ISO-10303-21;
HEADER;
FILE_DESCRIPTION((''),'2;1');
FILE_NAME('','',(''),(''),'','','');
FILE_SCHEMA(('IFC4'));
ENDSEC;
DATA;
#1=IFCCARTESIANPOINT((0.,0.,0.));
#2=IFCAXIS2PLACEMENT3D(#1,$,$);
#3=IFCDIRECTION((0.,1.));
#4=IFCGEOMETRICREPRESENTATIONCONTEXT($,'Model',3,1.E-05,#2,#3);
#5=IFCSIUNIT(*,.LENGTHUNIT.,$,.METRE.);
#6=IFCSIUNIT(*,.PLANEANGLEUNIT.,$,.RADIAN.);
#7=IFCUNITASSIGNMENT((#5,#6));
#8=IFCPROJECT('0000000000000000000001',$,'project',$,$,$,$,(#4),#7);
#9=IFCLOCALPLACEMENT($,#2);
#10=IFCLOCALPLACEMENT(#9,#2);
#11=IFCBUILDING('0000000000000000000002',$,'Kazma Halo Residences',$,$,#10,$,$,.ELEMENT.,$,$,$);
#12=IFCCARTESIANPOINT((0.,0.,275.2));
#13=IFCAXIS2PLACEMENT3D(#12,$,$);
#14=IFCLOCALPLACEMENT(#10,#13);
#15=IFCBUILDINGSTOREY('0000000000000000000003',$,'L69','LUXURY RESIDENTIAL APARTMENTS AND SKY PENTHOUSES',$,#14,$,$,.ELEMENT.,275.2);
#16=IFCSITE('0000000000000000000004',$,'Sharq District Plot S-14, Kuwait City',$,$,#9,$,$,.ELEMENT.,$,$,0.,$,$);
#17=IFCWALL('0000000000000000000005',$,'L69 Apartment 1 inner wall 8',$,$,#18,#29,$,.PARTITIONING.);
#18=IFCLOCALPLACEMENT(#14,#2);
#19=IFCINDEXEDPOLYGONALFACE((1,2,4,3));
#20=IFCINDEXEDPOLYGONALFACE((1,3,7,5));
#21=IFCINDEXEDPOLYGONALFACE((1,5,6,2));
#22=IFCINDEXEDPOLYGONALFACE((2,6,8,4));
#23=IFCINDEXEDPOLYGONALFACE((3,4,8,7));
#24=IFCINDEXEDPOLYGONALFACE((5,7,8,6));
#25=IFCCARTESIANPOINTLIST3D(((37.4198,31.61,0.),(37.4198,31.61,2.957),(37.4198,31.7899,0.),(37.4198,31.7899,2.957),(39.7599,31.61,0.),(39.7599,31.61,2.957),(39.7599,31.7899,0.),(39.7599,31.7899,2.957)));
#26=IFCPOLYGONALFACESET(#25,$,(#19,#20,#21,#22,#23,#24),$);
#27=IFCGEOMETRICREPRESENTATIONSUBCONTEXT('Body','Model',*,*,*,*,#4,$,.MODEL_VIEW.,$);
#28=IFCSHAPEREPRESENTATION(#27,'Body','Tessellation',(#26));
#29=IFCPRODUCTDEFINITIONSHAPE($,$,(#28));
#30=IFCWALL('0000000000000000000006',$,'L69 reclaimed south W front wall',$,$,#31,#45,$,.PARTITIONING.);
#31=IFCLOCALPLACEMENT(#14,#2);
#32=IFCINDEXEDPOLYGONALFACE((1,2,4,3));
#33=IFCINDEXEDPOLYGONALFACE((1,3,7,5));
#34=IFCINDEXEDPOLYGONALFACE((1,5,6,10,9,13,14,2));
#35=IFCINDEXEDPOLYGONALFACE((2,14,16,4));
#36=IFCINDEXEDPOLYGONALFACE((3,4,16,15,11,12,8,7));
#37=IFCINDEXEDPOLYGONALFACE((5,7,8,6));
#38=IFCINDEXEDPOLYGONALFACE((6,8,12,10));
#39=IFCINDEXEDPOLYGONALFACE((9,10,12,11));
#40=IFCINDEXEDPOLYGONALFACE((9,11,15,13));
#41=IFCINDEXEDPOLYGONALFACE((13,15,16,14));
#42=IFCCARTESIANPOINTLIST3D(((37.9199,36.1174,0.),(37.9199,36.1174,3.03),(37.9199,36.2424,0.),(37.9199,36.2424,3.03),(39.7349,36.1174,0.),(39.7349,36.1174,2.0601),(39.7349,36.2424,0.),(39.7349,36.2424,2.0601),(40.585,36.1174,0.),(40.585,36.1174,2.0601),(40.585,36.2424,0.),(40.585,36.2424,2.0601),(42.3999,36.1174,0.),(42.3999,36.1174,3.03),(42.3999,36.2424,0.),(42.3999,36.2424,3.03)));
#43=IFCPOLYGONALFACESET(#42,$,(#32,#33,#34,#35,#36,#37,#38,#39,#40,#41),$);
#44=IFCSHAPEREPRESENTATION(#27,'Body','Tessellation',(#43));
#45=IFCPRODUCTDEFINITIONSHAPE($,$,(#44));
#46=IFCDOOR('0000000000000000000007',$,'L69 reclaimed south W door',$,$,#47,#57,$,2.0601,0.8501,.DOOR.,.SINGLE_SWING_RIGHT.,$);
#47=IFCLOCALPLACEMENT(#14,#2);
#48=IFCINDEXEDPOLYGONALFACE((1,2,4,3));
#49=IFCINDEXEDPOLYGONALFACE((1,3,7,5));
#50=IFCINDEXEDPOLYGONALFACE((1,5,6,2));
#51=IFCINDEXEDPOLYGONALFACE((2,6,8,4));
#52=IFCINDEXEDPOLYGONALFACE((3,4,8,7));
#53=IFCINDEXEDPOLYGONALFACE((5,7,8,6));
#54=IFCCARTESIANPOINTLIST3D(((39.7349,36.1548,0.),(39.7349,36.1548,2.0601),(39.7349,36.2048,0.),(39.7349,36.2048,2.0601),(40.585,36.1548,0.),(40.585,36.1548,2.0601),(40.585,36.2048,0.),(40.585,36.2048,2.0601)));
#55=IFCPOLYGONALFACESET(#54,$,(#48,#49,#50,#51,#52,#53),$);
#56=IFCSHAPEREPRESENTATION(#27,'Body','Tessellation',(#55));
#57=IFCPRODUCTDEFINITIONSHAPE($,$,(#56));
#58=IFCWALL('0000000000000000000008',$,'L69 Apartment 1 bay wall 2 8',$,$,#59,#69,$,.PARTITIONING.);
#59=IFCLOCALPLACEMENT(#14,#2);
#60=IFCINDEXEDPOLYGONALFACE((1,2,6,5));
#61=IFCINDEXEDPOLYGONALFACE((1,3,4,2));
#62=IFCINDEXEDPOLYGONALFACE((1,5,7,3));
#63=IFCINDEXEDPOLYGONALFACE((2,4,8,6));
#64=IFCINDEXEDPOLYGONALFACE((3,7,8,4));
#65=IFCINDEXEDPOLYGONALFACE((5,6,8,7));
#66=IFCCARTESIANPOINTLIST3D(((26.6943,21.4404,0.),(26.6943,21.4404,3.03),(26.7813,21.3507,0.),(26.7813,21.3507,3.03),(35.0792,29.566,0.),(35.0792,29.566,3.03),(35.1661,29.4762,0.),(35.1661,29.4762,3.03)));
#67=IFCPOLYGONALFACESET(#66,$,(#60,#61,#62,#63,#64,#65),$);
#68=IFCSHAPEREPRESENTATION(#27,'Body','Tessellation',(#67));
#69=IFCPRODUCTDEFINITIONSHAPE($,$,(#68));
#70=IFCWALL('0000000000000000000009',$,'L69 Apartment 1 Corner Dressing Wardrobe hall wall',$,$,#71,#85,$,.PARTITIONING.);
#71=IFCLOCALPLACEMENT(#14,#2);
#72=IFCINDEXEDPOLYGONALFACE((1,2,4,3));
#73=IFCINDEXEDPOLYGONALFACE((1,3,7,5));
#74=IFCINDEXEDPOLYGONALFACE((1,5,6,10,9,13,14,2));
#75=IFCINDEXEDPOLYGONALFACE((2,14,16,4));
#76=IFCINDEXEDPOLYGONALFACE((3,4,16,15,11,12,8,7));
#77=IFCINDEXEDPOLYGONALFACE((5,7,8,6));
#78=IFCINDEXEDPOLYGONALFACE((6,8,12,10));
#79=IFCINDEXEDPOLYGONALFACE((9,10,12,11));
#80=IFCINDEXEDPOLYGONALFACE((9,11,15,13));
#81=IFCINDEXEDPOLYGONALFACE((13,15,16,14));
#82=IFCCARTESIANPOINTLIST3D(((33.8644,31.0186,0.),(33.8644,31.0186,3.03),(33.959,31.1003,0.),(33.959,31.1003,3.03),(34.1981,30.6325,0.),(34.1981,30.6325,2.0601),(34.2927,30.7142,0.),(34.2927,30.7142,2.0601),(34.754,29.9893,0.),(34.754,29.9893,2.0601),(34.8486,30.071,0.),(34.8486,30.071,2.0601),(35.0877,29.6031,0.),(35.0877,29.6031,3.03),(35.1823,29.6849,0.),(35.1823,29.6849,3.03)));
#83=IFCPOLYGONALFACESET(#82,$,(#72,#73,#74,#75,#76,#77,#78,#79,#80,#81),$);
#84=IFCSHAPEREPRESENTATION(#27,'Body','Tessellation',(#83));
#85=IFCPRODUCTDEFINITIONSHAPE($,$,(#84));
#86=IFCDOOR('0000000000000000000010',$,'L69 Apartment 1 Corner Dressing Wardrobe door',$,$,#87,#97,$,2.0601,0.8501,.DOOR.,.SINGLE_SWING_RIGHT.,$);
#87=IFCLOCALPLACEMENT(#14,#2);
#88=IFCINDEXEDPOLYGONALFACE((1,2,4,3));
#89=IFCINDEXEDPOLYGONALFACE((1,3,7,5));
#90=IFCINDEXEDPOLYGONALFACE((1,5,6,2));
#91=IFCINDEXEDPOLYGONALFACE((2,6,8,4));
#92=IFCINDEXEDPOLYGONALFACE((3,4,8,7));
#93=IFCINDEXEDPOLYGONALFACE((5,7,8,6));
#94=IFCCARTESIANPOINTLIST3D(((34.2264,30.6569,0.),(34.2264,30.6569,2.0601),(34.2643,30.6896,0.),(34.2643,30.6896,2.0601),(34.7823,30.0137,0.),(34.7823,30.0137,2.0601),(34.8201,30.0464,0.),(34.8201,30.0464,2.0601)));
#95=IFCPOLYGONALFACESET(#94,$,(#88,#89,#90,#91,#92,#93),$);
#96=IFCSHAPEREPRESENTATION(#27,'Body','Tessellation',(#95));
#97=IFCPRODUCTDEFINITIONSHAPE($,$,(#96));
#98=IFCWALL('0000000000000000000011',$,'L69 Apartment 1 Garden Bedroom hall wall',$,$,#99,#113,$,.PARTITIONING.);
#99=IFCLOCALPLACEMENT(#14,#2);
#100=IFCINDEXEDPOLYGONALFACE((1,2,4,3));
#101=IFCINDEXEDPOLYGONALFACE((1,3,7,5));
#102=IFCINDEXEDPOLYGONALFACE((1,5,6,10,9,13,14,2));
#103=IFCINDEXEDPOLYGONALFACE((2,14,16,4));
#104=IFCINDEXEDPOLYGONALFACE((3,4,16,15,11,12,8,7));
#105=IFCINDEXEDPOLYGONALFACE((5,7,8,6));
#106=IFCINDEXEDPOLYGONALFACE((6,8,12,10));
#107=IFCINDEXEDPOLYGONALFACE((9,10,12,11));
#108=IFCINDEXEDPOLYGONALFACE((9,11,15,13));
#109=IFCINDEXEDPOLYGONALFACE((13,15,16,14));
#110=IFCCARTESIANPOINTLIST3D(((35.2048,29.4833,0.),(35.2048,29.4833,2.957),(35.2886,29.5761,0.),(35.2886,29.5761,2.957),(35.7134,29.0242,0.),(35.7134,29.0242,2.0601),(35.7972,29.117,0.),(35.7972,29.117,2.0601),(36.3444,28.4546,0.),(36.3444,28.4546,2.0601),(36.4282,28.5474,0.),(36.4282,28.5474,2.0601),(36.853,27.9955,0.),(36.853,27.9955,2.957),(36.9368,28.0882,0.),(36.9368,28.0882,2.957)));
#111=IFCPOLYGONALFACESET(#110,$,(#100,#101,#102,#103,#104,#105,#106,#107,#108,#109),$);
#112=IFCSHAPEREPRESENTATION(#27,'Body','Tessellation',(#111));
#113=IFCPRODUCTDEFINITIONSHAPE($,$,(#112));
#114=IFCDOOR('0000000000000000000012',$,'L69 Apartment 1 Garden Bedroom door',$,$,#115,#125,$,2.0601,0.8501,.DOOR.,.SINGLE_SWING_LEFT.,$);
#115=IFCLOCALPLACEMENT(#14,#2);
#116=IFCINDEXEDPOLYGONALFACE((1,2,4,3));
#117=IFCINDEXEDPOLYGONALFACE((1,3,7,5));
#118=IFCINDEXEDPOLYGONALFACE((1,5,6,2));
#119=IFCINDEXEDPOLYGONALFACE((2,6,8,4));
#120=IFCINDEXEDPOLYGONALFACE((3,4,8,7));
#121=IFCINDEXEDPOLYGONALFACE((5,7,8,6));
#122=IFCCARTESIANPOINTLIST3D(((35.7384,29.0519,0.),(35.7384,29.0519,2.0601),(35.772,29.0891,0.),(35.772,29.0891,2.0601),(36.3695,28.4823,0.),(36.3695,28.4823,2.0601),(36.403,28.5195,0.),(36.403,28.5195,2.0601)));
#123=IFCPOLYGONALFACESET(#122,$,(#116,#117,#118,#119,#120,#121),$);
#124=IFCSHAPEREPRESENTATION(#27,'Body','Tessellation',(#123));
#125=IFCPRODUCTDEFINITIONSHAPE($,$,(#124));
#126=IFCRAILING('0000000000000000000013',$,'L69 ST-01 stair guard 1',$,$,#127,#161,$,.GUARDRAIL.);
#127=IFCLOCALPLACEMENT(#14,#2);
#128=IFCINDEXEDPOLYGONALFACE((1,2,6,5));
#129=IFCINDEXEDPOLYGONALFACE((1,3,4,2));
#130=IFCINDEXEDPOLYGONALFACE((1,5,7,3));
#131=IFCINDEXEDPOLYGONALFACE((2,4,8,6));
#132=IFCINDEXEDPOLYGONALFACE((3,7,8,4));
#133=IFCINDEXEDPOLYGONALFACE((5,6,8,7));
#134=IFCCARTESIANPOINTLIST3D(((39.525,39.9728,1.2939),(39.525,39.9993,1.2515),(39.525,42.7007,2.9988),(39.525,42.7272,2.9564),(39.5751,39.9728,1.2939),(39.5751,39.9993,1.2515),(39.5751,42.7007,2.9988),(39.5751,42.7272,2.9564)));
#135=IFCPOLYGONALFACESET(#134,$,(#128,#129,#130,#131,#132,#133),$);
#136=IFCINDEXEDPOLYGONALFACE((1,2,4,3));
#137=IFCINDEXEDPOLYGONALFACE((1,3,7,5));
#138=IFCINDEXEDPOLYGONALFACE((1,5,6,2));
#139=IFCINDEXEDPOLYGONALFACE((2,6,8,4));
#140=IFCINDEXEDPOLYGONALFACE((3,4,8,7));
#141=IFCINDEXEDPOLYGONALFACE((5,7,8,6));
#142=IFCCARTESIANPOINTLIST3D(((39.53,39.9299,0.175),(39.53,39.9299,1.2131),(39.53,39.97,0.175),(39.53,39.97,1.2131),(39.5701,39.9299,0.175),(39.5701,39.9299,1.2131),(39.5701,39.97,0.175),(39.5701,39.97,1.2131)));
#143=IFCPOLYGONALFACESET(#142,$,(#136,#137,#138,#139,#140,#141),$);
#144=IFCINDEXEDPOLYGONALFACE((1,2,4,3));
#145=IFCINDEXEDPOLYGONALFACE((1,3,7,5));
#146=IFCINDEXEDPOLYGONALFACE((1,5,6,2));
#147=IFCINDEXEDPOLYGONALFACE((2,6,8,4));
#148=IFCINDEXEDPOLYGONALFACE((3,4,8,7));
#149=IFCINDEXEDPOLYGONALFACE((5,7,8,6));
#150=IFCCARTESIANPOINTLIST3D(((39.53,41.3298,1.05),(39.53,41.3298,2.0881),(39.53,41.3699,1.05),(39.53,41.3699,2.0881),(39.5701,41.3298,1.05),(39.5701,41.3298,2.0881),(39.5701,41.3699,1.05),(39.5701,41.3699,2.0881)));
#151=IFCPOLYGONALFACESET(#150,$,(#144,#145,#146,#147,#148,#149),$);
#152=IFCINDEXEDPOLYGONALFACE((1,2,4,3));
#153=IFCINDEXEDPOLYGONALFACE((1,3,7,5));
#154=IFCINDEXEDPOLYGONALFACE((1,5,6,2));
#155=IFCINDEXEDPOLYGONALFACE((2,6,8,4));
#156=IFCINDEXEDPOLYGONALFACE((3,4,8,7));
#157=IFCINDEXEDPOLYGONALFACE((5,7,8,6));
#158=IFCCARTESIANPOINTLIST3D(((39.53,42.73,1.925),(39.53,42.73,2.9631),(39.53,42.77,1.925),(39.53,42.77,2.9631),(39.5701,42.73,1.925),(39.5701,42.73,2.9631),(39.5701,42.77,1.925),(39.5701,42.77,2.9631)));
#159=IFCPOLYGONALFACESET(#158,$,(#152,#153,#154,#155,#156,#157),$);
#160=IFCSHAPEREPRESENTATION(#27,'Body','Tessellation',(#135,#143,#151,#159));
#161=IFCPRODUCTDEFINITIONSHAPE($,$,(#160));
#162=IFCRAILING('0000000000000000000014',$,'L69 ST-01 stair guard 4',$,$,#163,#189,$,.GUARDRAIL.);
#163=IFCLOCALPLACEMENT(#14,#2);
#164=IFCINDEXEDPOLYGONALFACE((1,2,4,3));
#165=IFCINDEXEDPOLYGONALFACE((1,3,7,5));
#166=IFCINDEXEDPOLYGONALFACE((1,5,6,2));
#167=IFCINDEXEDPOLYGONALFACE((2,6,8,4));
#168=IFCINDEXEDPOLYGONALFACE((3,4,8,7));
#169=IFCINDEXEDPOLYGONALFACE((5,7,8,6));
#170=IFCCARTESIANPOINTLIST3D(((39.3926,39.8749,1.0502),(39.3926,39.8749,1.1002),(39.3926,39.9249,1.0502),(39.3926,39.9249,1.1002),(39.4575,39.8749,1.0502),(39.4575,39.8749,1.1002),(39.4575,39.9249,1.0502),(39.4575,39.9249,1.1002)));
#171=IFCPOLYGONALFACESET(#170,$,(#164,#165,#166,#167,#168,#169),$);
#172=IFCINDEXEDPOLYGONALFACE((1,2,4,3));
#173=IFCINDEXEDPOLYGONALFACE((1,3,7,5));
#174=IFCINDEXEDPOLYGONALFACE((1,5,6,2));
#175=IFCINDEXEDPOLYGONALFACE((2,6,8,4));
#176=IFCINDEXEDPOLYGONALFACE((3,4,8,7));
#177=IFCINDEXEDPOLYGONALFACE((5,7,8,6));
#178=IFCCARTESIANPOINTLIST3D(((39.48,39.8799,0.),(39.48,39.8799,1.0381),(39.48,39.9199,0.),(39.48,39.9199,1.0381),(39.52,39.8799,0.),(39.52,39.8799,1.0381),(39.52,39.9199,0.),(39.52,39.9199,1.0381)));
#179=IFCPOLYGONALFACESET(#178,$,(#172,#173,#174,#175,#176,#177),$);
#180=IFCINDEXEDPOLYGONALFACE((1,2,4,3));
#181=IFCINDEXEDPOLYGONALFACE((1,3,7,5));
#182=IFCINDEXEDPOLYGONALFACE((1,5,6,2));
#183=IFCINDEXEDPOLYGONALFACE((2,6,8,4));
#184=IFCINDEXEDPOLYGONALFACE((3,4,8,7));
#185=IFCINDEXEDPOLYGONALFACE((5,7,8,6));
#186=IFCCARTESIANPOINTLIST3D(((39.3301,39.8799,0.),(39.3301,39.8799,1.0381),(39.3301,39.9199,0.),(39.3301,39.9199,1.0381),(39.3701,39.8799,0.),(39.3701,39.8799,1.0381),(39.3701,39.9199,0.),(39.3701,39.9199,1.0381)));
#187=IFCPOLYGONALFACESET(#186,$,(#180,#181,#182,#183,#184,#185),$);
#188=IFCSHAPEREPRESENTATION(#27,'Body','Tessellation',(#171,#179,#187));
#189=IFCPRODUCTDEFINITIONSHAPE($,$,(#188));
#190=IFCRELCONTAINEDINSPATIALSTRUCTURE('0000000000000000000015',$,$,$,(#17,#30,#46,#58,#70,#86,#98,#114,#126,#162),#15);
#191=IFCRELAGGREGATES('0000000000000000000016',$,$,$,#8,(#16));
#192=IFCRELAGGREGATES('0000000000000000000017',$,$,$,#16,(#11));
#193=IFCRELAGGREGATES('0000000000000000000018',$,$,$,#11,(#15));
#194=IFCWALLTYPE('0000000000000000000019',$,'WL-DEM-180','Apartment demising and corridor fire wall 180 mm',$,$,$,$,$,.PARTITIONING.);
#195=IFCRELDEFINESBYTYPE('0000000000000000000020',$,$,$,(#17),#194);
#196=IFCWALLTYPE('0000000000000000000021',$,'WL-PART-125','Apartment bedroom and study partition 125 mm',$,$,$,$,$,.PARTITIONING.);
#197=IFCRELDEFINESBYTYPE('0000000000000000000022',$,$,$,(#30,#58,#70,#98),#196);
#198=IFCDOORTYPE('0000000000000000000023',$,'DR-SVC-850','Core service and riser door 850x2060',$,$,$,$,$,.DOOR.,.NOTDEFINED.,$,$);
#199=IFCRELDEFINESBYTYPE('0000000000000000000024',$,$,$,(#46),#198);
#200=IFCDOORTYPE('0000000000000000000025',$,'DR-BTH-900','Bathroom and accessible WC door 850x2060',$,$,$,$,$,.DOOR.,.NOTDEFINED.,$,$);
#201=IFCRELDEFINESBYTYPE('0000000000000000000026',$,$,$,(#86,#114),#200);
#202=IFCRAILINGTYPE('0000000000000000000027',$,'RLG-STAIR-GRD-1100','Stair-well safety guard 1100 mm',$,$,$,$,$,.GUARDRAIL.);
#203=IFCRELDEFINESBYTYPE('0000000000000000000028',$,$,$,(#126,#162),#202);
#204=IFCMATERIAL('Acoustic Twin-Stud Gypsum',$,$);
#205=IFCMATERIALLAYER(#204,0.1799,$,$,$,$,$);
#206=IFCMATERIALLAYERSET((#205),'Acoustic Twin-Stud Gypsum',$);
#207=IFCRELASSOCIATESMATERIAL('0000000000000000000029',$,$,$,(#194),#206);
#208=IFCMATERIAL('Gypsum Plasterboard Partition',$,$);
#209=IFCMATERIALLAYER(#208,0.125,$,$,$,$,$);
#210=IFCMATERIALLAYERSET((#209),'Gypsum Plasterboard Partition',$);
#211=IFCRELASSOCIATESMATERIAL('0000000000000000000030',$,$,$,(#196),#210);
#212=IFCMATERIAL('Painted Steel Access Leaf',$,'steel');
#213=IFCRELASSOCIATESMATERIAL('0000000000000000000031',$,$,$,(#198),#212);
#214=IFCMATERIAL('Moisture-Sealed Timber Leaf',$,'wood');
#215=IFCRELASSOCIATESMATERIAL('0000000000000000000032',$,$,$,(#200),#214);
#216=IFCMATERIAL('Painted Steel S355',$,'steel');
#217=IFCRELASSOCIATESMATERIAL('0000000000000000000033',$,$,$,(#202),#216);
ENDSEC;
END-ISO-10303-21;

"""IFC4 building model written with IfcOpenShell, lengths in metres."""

from ifc_helpers import new_model, si_unit, direction, frame, frame_2d, origin, origin_2d, place, context, subcontext, project, spatial, rectangle, extrude, material, layer, layer_set, type_object, element, fill, save


model = new_model("IFC4")

# Units and contexts
model_context = context("Model", 3, precision=1e-05, world=origin(), true_north=direction((0.0, 1.0)))
body_context = subcontext(model_context, "Body", "Model", "MODEL_VIEW")
ifc_project = project(units=[si_unit("LENGTHUNIT", "METRE"), si_unit("PLANEANGLEUNIT", "RADIAN")], contexts=[model_context])

# Site, building, storey
site_placement = place(None, origin())
site = spatial("IfcSite", under=ifc_project, at=site_placement, Name="Sharq District Plot S-14, Kuwait City", CompositionType="ELEMENT", RefElevation=0.0)
building_placement = place(site_placement, origin())
building = spatial("IfcBuilding", under=site, at=building_placement, Name="Kazma Halo Residences", CompositionType="ELEMENT")
storey_placement = place(building_placement, frame((0.0, 0.0, 275.2)))
storey = spatial("IfcBuildingStorey", under=building, at=storey_placement, Name="L69", Description="LUXURY RESIDENTIAL APARTMENTS AND SKY PENTHOUSES", CompositionType="ELEMENT", Elevation=275.2)

# Wall
ifc_material_1 = material(Name="Acoustic Twin-Stud Gypsum")
ifc_layer_1 = layer(ifc_material_1, 0.1799)
ifc_layer_set_1 = layer_set([ifc_layer_1], Name="Acoustic Twin-Stud Gypsum")
wall_type_1 = type_object("IfcWallType", Name="WL-DEM-180", Description="Apartment demising and corridor fire wall 180 mm", PredefinedType="PARTITIONING", material=ifc_layer_set_1)
wall_1_placement = place(storey_placement, frame((37.4199, 31.7, 0.0), z_axis=(0.0, 0.0, 1.0), x_axis=(1.0, 0.0, 0.0)))
element("IfcWall", 1, at=wall_1_placement, inside=storey, type_object=wall_type_1, Name="L69 Apartment 1 inner wall 8", PredefinedType="PARTITIONING", context=body_context, shape_type="SweptSolid", body=[
    extrude(rectangle(XDim=2.3401, YDim=0.1799, at=frame_2d((1.1699, 0.0))), origin(), (0.0, 0.0, 1.0), 2.957),
])

# Wall, opening, door
ifc_material_2 = material(Name="Gypsum Plasterboard Partition")
ifc_layer_2 = layer(ifc_material_2, 0.125)
ifc_layer_set_2 = layer_set([ifc_layer_2], Name="Gypsum Plasterboard Partition")
wall_type_2 = type_object("IfcWallType", Name="WL-PART-125", Description="Apartment bedroom and study partition 125 mm", PredefinedType="PARTITIONING", material=ifc_layer_set_2)
wall_2_placement = place(storey_placement, frame((37.9199, 36.1799, 0.0), z_axis=(0.0, 0.0, 1.0), x_axis=(1.0, 0.0, 0.0)))
wall_2 = element("IfcWall", 2, at=wall_2_placement, inside=storey, type_object=wall_type_2, Name="L69 reclaimed south W front wall", PredefinedType="PARTITIONING", context=body_context, shape_type="SweptSolid", body=[
    extrude(rectangle(XDim=4.48, YDim=0.125, at=frame_2d((2.24, 0.0))), origin(), (0.0, 0.0, 1.0), 3.03),
])
opening_1_placement = place(wall_2_placement, frame((1.8149, 0.0, 0.0)))
opening_1 = element("IfcOpeningElement", 3, at=opening_1_placement, cuts=wall_2, PredefinedType="OPENING", context=body_context, shape_type="SweptSolid", body=[
    extrude(rectangle(XDim=0.8501, YDim=2.0601, at=frame_2d((0.425, 1.03))), frame((0.0, 0.0725, 0.0), z_axis=(0.0, -1.0, 0.0), x_axis=(1.0, 0.0, 0.0)), (0.0, 0.0, 1.0), 0.145),
])
ifc_material_3 = material(Name="Painted Steel Access Leaf", Category="steel")
door_type_1 = type_object("IfcDoorType", Name="DR-SVC-850", Description="Core service and riser door 850x2060", OperationType="NOTDEFINED", PredefinedType="DOOR", material=ifc_material_3)
door_1_placement = place(opening_1_placement, origin())
door_1 = element("IfcDoor", 4, at=door_1_placement, inside=storey, type_object=door_type_1, Name="L69 reclaimed south W door", OperationType="SINGLE_SWING_RIGHT", OverallHeight=2.0601, OverallWidth=0.8501, PredefinedType="DOOR", context=body_context, shape_type="SweptSolid", body=[
    extrude(rectangle(XDim=0.8501, YDim=2.0601, at=frame_2d((0.425, 1.03))), frame((0.0, 0.0249, 0.0), z_axis=(0.0, -1.0, 0.0), x_axis=(1.0, 0.0, 0.0)), (0.0, 0.0, 1.0), 0.05),
])
fill(opening_1, door_1)

# Wall
wall_3_placement = place(storey_placement, frame((35.1226, 29.521, 0.0), z_axis=(0.0, 0.0, 1.0), x_axis=(-0.718123, -0.695917, 0.0)))
element("IfcWall", 5, at=wall_3_placement, inside=storey, type_object=wall_type_2, Name="L69 Apartment 1 bay wall 2 8", PredefinedType="PARTITIONING", context=body_context, shape_type="SweptSolid", body=[
    extrude(rectangle(XDim=11.676, YDim=0.125, at=frame_2d((5.8379, 0.0))), origin(), (0.0, 0.0, 1.0), 3.03),
])

# Walls, openings, doors
wall_4_placement = place(storey_placement, frame((33.9116, 31.0596, 0.0), z_axis=(0.0, 0.0, 1.0), x_axis=(0.653892, -0.756588, 0.0)))
wall_4 = element("IfcWall", 6, at=wall_4_placement, inside=storey, type_object=wall_type_2, Name="L69 Apartment 1 Corner Dressing Wardrobe hall wall", PredefinedType="PARTITIONING", context=body_context, shape_type="SweptSolid", body=[
    extrude(rectangle(XDim=1.8708, YDim=0.125, at=frame_2d((0.9355, 0.0))), origin(), (0.0, 0.0, 1.0), 3.03),
])
opening_2_placement = place(wall_4_placement, frame((0.5105, 0.0, 0.0)))
opening_2 = element("IfcOpeningElement", 7, at=opening_2_placement, cuts=wall_4, PredefinedType="OPENING", context=body_context, shape_type="SweptSolid", body=[
    extrude(rectangle(XDim=0.8501, YDim=2.0601, at=frame_2d((0.425, 1.03))), frame((0.0, 0.0725, 0.0), z_axis=(0.0, -1.0, 0.0), x_axis=(1.0, 0.0, 0.0)), (0.0, 0.0, 1.0), 0.145),
])
ifc_material_4 = material(Name="Moisture-Sealed Timber Leaf", Category="wood")
door_type_2 = type_object("IfcDoorType", Name="DR-BTH-900", Description="Bathroom and accessible WC door 850x2060", OperationType="NOTDEFINED", PredefinedType="DOOR", material=ifc_material_4)
door_2_placement = place(opening_2_placement, origin())
door_2 = element("IfcDoor", 8, at=door_2_placement, inside=storey, type_object=door_type_2, Name="L69 Apartment 1 Corner Dressing Wardrobe door", OperationType="SINGLE_SWING_RIGHT", OverallHeight=2.0601, OverallWidth=0.8501, PredefinedType="DOOR", context=body_context, shape_type="SweptSolid", body=[
    extrude(rectangle(XDim=0.8501, YDim=2.0601, at=frame_2d((0.425, 1.03))), frame((0.0, 0.0249, 0.0), z_axis=(0.0, -1.0, 0.0), x_axis=(1.0, 0.0, 0.0)), (0.0, 0.0, 1.0), 0.05),
])
fill(opening_2, door_2)
wall_5_placement = place(storey_placement, frame((35.2466, 29.5298, 0.0), z_axis=(0.0, 0.0, 1.0), x_axis=(0.742304, -0.670064, 0.0)))
wall_5 = element("IfcWall", 9, at=wall_5_placement, inside=storey, type_object=wall_type_2, Name="L69 Apartment 1 Garden Bedroom hall wall", PredefinedType="PARTITIONING", context=body_context, shape_type="SweptSolid", body=[
    extrude(rectangle(XDim=2.2205, YDim=0.125, at=frame_2d((1.1104, 0.0))), origin(), (0.0, 0.0, 1.0), 2.957),
])
opening_3_placement = place(wall_5_placement, frame((0.6853, 0.0, 0.0)))
opening_3 = element("IfcOpeningElement", 10, at=opening_3_placement, cuts=wall_5, PredefinedType="OPENING", context=body_context, shape_type="SweptSolid", body=[
    extrude(rectangle(XDim=0.8501, YDim=2.0601, at=frame_2d((0.425, 1.03))), frame((0.0, 0.0725, 0.0), z_axis=(0.0, -1.0, 0.0), x_axis=(1.0, 0.0, 0.0)), (0.0, 0.0, 1.0), 0.145),
])
door_3_placement = place(opening_3_placement, origin())
door_3 = element("IfcDoor", 11, at=door_3_placement, inside=storey, type_object=door_type_2, Name="L69 Apartment 1 Garden Bedroom door", OperationType="SINGLE_SWING_LEFT", OverallHeight=2.0601, OverallWidth=0.8501, PredefinedType="DOOR", context=body_context, shape_type="SweptSolid", body=[
    extrude(rectangle(XDim=0.8501, YDim=2.0601, at=frame_2d((0.425, 1.03))), frame((0.0, 0.0249, 0.0), z_axis=(0.0, -1.0, 0.0), x_axis=(1.0, 0.0, 0.0)), (0.0, 0.0, 1.0), 0.05),
])
fill(opening_3, door_3)

# Railings
ifc_material_5 = material(Name="Painted Steel S355", Category="steel")
railing_type = type_object("IfcRailingType", Name="RLG-STAIR-GRD-1100", Description="Stair-well safety guard 1100 mm", PredefinedType="GUARDRAIL", material=ifc_material_5)
railing_1_placement = place(storey_placement, frame((39.55, 39.95, 0.175)))
element("IfcRailing", 12, at=railing_1_placement, inside=storey, type_object=railing_type, Name="L69 ST-01 stair guard 1", PredefinedType="GUARDRAIL", context=body_context, shape_type="SweptSolid", body=[
    extrude(rectangle(XDim=0.05, YDim=0.05, at=origin_2d()), frame((0.0, 0.0361, 1.0977), z_axis=(0.0, 0.848002, 0.529992), x_axis=(-1.0, 0.0, 0.0)), (0.0, 0.0, 1.0), 3.2168),
    extrude(rectangle(XDim=0.04, YDim=0.04, at=origin_2d()), origin(), (0.0, 0.0, 1.0), 1.0381),
    extrude(rectangle(XDim=0.04, YDim=0.04, at=origin_2d()), frame((0.0, 1.3999, 0.875)), (0.0, 0.0, 1.0), 1.0381),
    extrude(rectangle(XDim=0.04, YDim=0.04, at=origin_2d()), frame((0.0, 2.8, 1.75)), (0.0, 0.0, 1.0), 1.0381),
])
railing_2_placement = place(storey_placement, frame((39.5, 39.8999, 0.0)))
element("IfcRailing", 13, at=railing_2_placement, inside=storey, type_object=railing_type, Name="L69 ST-01 stair guard 4", PredefinedType="GUARDRAIL", context=body_context, shape_type="SweptSolid", body=[
    extrude(rectangle(XDim=0.05, YDim=0.05, at=origin_2d()), frame((-0.0425, 0.0, 1.0752), z_axis=(-1.0, 0.0, 0.0), x_axis=(0.0, -1.0, 0.0)), (0.0, 0.0, 1.0), 0.0649),
    extrude(rectangle(XDim=0.04, YDim=0.04, at=origin_2d()), origin(), (0.0, 0.0, 1.0), 1.0381),
    extrude(rectangle(XDim=0.04, YDim=0.04, at=origin_2d()), frame((-0.1499, 0.0, 0.0)), (0.0, 0.0, 1.0), 1.0381),
])

save(model, "model.ifc")
